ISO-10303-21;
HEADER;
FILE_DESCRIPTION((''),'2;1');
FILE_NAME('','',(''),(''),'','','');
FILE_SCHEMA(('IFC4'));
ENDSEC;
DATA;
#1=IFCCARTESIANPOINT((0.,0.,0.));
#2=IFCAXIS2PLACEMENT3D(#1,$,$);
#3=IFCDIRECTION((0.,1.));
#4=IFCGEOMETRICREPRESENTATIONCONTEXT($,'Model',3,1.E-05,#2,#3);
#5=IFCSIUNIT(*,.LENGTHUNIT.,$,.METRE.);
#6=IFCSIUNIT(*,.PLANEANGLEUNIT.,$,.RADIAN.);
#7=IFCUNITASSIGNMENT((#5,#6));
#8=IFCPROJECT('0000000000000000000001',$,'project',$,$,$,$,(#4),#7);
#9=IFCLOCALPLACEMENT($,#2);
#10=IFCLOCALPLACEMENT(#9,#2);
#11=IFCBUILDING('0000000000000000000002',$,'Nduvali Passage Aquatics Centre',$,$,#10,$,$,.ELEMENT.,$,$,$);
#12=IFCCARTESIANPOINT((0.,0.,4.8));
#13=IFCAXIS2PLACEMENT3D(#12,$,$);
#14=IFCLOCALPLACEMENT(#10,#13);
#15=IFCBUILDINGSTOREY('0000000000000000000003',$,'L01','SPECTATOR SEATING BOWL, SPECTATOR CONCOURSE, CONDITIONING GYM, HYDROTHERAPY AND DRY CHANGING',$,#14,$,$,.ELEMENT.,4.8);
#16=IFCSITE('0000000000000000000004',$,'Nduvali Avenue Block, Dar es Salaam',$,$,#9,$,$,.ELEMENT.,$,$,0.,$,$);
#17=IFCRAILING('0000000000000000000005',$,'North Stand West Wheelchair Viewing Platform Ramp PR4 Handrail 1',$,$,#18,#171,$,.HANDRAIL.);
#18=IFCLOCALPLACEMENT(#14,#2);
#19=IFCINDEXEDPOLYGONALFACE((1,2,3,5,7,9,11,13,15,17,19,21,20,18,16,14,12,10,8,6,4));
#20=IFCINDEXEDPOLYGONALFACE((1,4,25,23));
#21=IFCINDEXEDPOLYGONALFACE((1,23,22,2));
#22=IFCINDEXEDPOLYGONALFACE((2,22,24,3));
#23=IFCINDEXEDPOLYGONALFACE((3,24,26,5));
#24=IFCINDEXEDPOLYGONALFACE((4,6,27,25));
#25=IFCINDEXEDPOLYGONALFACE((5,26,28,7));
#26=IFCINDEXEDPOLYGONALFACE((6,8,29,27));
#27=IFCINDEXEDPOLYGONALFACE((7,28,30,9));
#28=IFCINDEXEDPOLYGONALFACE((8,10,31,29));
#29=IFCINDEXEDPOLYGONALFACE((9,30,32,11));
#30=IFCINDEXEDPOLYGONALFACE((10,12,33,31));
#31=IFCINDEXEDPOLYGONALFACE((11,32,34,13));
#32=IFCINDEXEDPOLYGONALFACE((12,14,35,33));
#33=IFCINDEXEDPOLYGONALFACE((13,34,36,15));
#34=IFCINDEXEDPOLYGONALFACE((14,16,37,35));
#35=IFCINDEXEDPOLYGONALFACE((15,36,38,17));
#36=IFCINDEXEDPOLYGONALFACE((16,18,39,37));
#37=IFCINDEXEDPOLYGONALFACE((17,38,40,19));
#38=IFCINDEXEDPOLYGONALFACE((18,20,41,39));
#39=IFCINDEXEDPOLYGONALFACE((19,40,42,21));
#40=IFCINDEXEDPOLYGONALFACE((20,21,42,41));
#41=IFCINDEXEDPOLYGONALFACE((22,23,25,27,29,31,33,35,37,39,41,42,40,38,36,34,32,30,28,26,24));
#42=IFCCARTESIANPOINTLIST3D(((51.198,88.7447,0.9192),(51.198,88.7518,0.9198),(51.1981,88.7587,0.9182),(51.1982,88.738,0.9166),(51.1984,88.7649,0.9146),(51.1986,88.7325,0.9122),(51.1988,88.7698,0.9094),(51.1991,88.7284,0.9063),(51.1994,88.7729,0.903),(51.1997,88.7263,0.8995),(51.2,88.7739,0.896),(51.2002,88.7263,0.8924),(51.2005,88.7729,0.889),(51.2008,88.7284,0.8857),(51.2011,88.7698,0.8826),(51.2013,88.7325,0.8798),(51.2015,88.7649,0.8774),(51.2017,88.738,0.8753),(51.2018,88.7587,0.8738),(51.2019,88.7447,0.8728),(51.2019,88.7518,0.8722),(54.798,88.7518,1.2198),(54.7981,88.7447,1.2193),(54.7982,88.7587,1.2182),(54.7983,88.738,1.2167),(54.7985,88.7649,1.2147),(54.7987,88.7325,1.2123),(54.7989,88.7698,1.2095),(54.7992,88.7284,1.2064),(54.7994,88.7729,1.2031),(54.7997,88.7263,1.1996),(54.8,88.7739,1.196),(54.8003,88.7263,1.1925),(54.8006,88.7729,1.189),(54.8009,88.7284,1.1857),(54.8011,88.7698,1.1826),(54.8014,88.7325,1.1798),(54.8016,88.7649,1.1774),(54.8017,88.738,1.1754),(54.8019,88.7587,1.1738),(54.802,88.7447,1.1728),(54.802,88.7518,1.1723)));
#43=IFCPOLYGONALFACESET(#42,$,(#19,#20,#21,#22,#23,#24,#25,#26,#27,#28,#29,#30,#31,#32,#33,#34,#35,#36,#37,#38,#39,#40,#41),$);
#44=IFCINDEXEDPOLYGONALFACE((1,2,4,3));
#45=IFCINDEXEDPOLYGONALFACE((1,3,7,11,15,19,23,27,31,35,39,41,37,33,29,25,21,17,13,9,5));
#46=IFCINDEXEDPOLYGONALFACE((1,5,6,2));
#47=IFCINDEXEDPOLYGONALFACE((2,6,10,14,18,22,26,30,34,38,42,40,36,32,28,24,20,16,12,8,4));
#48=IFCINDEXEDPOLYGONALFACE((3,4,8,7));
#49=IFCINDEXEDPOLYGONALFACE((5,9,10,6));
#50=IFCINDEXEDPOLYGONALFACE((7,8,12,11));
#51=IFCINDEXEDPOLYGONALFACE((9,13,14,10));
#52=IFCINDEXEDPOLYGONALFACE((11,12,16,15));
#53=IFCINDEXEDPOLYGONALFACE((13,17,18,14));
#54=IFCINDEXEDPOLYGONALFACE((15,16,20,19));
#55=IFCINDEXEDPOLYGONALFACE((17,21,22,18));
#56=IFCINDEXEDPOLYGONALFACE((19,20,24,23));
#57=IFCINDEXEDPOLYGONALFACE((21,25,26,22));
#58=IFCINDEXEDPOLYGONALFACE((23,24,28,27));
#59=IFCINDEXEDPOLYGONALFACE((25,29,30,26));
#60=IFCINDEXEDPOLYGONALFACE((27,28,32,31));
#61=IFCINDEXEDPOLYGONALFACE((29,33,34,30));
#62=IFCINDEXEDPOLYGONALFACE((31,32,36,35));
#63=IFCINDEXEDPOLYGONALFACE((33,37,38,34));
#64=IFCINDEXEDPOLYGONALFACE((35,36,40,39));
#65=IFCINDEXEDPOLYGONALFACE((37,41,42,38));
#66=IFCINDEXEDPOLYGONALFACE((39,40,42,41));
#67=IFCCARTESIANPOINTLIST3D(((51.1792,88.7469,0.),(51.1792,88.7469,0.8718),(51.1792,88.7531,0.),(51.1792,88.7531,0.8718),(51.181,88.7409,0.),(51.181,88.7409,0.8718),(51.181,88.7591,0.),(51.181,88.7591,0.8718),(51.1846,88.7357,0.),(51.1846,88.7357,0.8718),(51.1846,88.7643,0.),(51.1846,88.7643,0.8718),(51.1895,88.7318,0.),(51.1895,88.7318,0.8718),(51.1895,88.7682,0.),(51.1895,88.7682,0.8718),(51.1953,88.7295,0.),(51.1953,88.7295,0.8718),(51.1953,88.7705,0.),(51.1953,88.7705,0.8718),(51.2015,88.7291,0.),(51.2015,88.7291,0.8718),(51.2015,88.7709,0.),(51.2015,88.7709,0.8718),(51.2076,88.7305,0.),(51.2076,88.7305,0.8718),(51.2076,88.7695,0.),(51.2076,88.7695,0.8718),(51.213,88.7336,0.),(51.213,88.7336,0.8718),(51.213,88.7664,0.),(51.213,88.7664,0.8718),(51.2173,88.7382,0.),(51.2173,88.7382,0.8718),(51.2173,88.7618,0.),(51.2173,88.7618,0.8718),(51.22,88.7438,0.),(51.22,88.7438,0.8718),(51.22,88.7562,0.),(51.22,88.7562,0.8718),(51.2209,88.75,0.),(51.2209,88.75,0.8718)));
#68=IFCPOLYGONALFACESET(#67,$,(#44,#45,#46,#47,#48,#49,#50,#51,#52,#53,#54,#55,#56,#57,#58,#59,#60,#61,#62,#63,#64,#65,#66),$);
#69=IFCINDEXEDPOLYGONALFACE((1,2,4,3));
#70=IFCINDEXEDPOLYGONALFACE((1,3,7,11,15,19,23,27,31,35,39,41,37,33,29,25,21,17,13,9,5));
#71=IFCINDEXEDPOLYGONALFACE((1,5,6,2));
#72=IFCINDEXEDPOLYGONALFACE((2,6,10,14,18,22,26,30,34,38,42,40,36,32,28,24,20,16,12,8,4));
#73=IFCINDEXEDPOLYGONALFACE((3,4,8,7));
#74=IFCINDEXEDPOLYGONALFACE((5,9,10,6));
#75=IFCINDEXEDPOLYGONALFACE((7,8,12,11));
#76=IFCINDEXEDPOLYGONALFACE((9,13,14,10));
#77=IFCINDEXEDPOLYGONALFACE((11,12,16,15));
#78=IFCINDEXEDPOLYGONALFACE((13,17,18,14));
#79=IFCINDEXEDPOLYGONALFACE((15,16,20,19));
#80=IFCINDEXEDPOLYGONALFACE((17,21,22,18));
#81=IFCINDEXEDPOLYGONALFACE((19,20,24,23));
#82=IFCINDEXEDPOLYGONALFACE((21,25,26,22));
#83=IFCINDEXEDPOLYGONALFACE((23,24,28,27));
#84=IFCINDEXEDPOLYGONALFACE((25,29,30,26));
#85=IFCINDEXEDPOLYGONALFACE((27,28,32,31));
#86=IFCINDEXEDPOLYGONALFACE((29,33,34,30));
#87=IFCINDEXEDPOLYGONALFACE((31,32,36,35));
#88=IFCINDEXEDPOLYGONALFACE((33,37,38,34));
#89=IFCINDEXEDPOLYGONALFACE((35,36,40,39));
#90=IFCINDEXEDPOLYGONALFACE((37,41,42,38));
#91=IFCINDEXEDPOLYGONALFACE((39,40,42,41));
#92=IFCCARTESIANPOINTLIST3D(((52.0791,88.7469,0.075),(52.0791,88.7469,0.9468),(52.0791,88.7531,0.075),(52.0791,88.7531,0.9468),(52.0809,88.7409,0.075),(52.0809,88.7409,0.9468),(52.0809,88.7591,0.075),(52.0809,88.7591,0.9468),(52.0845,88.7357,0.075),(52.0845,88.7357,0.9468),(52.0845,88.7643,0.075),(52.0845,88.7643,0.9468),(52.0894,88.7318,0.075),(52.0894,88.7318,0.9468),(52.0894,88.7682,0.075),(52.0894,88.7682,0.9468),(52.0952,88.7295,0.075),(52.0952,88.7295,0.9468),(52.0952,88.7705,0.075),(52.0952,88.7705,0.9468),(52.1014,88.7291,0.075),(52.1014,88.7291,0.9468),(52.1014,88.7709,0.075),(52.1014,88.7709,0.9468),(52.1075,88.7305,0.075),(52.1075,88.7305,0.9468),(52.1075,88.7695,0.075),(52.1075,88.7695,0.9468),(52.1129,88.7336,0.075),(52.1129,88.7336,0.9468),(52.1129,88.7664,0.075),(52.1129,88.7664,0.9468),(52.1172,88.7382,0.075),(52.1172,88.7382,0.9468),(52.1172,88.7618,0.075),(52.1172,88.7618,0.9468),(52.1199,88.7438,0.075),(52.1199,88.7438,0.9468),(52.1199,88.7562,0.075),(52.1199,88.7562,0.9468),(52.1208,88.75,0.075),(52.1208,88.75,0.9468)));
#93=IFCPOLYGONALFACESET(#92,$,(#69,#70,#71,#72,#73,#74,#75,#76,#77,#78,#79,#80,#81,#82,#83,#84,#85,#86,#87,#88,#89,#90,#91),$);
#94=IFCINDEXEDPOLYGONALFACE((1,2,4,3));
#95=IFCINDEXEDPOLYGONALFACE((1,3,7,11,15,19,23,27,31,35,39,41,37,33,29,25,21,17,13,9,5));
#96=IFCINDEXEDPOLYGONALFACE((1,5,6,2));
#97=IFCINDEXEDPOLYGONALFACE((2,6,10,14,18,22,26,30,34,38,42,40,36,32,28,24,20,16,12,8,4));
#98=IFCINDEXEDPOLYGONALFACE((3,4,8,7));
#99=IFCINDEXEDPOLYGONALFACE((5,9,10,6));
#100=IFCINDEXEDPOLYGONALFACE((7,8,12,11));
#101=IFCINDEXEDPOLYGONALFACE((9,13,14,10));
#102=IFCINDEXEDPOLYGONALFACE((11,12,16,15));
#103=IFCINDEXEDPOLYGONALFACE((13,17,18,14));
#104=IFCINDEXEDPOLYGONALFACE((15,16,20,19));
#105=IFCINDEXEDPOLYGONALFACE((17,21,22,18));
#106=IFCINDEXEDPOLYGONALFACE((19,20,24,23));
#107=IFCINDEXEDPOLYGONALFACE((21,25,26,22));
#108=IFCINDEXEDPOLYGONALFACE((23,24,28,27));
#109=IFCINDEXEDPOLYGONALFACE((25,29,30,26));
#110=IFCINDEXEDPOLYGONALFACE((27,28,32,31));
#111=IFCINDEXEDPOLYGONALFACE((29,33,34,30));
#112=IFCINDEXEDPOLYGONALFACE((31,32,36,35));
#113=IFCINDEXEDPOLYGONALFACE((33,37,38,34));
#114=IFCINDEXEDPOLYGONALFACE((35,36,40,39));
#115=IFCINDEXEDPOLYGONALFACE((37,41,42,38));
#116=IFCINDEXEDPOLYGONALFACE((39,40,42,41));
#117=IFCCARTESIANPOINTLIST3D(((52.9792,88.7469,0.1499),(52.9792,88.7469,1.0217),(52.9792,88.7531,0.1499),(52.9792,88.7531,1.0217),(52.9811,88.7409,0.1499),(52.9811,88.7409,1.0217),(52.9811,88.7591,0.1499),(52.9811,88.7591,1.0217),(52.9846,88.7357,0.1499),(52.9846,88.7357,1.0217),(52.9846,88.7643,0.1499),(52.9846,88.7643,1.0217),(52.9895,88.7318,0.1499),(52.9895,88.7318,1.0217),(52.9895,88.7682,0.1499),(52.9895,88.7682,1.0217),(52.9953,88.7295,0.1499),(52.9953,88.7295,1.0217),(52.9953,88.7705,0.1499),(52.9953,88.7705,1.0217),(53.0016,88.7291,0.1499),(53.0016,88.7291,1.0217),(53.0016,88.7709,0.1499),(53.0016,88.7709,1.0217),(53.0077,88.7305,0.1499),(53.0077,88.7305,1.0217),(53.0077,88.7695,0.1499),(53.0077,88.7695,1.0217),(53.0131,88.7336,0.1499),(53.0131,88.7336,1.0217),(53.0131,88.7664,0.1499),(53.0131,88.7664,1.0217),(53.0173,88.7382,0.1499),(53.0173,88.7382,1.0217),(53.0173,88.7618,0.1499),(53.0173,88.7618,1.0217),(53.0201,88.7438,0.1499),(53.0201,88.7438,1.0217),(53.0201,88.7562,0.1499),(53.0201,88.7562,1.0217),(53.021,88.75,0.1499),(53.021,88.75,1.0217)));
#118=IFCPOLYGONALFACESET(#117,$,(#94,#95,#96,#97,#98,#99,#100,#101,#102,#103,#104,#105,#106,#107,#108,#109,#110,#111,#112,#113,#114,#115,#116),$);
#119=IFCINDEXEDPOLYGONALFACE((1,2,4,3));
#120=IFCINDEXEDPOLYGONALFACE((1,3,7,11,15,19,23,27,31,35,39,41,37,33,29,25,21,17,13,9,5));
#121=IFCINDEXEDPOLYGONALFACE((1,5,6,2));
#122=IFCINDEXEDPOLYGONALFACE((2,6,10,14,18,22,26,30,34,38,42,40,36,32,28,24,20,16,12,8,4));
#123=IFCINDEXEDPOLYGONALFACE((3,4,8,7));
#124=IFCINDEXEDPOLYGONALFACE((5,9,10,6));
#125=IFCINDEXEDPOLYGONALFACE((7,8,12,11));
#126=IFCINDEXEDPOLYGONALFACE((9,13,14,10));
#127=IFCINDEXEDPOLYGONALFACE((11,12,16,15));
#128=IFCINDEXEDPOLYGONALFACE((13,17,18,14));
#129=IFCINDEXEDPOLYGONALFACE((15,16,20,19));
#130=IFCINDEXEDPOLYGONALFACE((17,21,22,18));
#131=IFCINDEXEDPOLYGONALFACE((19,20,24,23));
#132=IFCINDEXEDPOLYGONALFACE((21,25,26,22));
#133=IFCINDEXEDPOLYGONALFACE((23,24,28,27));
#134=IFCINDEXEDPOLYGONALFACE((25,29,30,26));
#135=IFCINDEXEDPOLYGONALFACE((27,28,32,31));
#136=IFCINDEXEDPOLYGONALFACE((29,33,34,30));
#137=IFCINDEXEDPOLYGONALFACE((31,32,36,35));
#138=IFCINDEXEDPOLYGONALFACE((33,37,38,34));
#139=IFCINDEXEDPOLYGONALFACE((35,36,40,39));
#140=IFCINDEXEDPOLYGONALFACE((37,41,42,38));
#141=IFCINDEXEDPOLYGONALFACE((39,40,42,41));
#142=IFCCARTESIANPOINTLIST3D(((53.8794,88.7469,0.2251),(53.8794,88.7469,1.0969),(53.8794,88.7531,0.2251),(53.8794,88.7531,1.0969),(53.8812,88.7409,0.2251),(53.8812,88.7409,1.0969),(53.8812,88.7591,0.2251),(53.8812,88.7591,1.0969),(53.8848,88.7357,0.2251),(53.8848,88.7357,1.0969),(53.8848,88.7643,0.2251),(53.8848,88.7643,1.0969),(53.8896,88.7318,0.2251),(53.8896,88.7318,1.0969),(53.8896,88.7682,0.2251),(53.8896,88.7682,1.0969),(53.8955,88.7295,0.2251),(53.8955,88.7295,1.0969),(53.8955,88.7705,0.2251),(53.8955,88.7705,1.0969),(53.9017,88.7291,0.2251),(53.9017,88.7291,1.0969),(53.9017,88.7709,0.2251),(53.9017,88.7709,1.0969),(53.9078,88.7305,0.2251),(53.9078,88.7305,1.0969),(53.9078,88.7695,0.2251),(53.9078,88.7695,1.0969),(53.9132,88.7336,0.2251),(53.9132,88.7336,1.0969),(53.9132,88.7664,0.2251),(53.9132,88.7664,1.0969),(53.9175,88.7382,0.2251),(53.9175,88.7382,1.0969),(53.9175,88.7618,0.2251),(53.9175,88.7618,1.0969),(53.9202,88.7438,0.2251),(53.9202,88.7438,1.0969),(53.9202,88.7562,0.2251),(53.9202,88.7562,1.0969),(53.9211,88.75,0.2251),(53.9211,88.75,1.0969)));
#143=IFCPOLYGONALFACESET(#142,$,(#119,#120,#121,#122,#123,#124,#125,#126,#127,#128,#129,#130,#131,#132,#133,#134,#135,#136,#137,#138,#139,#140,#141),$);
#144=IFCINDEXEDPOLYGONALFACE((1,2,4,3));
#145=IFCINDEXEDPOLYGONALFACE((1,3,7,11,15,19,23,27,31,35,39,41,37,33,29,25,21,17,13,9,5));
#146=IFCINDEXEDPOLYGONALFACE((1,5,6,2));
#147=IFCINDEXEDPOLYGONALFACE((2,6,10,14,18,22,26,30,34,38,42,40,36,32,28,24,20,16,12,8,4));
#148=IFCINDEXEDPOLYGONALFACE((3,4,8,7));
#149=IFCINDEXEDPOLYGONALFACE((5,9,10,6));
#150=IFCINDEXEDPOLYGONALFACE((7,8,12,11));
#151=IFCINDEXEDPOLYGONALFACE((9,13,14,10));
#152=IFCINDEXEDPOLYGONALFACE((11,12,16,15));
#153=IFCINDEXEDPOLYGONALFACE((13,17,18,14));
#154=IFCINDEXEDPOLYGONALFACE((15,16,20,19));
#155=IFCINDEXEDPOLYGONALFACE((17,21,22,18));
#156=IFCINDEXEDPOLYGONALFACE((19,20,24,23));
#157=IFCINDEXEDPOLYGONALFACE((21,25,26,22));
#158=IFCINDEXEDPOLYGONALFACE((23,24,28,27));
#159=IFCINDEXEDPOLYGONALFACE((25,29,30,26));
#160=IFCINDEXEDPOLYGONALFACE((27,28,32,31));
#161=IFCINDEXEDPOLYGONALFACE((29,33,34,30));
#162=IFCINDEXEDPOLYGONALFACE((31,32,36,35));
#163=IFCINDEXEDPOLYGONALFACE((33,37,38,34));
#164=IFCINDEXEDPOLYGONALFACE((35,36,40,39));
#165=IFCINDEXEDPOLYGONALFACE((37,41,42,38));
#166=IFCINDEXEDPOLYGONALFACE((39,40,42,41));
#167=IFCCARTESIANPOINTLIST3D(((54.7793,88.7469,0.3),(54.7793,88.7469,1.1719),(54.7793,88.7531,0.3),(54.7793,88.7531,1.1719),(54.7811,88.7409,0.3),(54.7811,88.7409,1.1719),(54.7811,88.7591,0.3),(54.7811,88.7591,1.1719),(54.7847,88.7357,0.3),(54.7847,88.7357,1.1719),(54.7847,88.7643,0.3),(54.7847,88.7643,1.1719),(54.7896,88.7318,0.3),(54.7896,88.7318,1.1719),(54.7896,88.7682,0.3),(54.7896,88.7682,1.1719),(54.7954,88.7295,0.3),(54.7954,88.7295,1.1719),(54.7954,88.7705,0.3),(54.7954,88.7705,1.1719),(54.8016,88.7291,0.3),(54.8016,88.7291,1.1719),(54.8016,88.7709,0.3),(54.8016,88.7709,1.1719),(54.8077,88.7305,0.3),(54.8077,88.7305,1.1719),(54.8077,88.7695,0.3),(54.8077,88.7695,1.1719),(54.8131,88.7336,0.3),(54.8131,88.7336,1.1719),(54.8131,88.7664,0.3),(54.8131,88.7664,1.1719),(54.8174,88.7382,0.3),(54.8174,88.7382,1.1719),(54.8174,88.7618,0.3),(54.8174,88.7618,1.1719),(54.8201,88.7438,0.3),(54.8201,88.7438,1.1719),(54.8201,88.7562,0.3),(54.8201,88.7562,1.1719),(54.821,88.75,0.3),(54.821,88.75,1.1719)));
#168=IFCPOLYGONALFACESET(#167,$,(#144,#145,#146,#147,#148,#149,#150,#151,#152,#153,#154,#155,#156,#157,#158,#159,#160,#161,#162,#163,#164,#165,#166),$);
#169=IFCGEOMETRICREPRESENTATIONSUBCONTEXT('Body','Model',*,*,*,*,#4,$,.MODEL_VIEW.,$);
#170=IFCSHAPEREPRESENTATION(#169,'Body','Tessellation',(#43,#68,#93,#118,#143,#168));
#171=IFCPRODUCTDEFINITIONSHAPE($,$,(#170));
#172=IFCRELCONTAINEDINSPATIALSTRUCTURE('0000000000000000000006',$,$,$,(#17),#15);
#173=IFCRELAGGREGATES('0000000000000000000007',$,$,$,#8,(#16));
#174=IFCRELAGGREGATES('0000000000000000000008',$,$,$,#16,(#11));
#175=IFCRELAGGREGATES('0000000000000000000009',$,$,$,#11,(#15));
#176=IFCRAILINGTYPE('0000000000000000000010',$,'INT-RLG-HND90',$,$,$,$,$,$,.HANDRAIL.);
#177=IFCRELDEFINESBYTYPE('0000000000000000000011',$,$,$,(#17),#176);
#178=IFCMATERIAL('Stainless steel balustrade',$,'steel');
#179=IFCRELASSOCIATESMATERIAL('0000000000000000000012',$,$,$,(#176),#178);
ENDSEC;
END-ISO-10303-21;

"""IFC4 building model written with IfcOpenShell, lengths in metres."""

from ifc_helpers import new_model, si_unit, direction, frame, origin, origin_2d, place, context, subcontext, project, spatial, circle, extrude, material, type_object, element, save


model = new_model("IFC4")

# Units and contexts
model_context = context("Model", 3, precision=1e-05, world=origin(), true_north=direction((0.0, 1.0)))
body_context = subcontext(model_context, "Body", "Model", "MODEL_VIEW")
ifc_project = project(units=[si_unit("LENGTHUNIT", "METRE"), si_unit("PLANEANGLEUNIT", "RADIAN")], contexts=[model_context])

# Site, building, storey
site_placement = place(None, origin())
site = spatial("IfcSite", under=ifc_project, at=site_placement, Name="Nduvali Avenue Block, Dar es Salaam", CompositionType="ELEMENT", RefElevation=0.0)
building_placement = place(site_placement, origin())
building = spatial("IfcBuilding", under=site, at=building_placement, Name="Nduvali Passage Aquatics Centre", CompositionType="ELEMENT")
storey_placement = place(building_placement, frame((0.0, 0.0, 4.8)))
storey = spatial("IfcBuildingStorey", under=building, at=storey_placement, Name="L01", Description="SPECTATOR SEATING BOWL, SPECTATOR CONCOURSE, CONDITIONING GYM, HYDROTHERAPY AND DRY CHANGING", CompositionType="ELEMENT", Elevation=4.8)

# Railing
ifc_material_1 = material(Name="Stainless steel balustrade", Category="steel")
railing_type = type_object("IfcRailingType", Name="INT-RLG-HND90", PredefinedType="HANDRAIL", material=ifc_material_1)
for number, where, name in (
    (1, (51.2, 88.75, 0.0), "North Stand West Wheelchair Viewing Platform Ramp PR4 Handrail 1"),
):
    element("IfcRailing", number, at=place(storey_placement, frame(where)), inside=storey, type_object=railing_type, Name=name, PredefinedType="HANDRAIL", context=body_context, shape_type="SweptSolid", body=[
        extrude(circle(Radius=0.0239, at=origin_2d()), frame((0.0, 0.0, 0.896), z_axis=(0.996545, 0.0, 0.083057), x_axis=(0.0, 1.0, 0.0)), (0.0, 0.0, 1.0), 3.6125),
        extrude(circle(Radius=0.021, at=origin_2d()), origin(), (0.0, 0.0, 1.0), 0.8718),
        extrude(circle(Radius=0.021, at=origin_2d()), frame((0.8999, 0.0, 0.075)), (0.0, 0.0, 1.0), 0.8718),
        extrude(circle(Radius=0.021, at=origin_2d()), frame((1.8, 0.0, 0.1499)), (0.0, 0.0, 1.0), 0.8718),
        extrude(circle(Radius=0.021, at=origin_2d()), frame((2.7002, 0.0, 0.2251)), (0.0, 0.0, 1.0), 0.8718),
        extrude(circle(Radius=0.021, at=origin_2d()), frame((3.6001, 0.0, 0.3)), (0.0, 0.0, 1.0), 0.8718),
    ])

save(model, "model.ifc")
